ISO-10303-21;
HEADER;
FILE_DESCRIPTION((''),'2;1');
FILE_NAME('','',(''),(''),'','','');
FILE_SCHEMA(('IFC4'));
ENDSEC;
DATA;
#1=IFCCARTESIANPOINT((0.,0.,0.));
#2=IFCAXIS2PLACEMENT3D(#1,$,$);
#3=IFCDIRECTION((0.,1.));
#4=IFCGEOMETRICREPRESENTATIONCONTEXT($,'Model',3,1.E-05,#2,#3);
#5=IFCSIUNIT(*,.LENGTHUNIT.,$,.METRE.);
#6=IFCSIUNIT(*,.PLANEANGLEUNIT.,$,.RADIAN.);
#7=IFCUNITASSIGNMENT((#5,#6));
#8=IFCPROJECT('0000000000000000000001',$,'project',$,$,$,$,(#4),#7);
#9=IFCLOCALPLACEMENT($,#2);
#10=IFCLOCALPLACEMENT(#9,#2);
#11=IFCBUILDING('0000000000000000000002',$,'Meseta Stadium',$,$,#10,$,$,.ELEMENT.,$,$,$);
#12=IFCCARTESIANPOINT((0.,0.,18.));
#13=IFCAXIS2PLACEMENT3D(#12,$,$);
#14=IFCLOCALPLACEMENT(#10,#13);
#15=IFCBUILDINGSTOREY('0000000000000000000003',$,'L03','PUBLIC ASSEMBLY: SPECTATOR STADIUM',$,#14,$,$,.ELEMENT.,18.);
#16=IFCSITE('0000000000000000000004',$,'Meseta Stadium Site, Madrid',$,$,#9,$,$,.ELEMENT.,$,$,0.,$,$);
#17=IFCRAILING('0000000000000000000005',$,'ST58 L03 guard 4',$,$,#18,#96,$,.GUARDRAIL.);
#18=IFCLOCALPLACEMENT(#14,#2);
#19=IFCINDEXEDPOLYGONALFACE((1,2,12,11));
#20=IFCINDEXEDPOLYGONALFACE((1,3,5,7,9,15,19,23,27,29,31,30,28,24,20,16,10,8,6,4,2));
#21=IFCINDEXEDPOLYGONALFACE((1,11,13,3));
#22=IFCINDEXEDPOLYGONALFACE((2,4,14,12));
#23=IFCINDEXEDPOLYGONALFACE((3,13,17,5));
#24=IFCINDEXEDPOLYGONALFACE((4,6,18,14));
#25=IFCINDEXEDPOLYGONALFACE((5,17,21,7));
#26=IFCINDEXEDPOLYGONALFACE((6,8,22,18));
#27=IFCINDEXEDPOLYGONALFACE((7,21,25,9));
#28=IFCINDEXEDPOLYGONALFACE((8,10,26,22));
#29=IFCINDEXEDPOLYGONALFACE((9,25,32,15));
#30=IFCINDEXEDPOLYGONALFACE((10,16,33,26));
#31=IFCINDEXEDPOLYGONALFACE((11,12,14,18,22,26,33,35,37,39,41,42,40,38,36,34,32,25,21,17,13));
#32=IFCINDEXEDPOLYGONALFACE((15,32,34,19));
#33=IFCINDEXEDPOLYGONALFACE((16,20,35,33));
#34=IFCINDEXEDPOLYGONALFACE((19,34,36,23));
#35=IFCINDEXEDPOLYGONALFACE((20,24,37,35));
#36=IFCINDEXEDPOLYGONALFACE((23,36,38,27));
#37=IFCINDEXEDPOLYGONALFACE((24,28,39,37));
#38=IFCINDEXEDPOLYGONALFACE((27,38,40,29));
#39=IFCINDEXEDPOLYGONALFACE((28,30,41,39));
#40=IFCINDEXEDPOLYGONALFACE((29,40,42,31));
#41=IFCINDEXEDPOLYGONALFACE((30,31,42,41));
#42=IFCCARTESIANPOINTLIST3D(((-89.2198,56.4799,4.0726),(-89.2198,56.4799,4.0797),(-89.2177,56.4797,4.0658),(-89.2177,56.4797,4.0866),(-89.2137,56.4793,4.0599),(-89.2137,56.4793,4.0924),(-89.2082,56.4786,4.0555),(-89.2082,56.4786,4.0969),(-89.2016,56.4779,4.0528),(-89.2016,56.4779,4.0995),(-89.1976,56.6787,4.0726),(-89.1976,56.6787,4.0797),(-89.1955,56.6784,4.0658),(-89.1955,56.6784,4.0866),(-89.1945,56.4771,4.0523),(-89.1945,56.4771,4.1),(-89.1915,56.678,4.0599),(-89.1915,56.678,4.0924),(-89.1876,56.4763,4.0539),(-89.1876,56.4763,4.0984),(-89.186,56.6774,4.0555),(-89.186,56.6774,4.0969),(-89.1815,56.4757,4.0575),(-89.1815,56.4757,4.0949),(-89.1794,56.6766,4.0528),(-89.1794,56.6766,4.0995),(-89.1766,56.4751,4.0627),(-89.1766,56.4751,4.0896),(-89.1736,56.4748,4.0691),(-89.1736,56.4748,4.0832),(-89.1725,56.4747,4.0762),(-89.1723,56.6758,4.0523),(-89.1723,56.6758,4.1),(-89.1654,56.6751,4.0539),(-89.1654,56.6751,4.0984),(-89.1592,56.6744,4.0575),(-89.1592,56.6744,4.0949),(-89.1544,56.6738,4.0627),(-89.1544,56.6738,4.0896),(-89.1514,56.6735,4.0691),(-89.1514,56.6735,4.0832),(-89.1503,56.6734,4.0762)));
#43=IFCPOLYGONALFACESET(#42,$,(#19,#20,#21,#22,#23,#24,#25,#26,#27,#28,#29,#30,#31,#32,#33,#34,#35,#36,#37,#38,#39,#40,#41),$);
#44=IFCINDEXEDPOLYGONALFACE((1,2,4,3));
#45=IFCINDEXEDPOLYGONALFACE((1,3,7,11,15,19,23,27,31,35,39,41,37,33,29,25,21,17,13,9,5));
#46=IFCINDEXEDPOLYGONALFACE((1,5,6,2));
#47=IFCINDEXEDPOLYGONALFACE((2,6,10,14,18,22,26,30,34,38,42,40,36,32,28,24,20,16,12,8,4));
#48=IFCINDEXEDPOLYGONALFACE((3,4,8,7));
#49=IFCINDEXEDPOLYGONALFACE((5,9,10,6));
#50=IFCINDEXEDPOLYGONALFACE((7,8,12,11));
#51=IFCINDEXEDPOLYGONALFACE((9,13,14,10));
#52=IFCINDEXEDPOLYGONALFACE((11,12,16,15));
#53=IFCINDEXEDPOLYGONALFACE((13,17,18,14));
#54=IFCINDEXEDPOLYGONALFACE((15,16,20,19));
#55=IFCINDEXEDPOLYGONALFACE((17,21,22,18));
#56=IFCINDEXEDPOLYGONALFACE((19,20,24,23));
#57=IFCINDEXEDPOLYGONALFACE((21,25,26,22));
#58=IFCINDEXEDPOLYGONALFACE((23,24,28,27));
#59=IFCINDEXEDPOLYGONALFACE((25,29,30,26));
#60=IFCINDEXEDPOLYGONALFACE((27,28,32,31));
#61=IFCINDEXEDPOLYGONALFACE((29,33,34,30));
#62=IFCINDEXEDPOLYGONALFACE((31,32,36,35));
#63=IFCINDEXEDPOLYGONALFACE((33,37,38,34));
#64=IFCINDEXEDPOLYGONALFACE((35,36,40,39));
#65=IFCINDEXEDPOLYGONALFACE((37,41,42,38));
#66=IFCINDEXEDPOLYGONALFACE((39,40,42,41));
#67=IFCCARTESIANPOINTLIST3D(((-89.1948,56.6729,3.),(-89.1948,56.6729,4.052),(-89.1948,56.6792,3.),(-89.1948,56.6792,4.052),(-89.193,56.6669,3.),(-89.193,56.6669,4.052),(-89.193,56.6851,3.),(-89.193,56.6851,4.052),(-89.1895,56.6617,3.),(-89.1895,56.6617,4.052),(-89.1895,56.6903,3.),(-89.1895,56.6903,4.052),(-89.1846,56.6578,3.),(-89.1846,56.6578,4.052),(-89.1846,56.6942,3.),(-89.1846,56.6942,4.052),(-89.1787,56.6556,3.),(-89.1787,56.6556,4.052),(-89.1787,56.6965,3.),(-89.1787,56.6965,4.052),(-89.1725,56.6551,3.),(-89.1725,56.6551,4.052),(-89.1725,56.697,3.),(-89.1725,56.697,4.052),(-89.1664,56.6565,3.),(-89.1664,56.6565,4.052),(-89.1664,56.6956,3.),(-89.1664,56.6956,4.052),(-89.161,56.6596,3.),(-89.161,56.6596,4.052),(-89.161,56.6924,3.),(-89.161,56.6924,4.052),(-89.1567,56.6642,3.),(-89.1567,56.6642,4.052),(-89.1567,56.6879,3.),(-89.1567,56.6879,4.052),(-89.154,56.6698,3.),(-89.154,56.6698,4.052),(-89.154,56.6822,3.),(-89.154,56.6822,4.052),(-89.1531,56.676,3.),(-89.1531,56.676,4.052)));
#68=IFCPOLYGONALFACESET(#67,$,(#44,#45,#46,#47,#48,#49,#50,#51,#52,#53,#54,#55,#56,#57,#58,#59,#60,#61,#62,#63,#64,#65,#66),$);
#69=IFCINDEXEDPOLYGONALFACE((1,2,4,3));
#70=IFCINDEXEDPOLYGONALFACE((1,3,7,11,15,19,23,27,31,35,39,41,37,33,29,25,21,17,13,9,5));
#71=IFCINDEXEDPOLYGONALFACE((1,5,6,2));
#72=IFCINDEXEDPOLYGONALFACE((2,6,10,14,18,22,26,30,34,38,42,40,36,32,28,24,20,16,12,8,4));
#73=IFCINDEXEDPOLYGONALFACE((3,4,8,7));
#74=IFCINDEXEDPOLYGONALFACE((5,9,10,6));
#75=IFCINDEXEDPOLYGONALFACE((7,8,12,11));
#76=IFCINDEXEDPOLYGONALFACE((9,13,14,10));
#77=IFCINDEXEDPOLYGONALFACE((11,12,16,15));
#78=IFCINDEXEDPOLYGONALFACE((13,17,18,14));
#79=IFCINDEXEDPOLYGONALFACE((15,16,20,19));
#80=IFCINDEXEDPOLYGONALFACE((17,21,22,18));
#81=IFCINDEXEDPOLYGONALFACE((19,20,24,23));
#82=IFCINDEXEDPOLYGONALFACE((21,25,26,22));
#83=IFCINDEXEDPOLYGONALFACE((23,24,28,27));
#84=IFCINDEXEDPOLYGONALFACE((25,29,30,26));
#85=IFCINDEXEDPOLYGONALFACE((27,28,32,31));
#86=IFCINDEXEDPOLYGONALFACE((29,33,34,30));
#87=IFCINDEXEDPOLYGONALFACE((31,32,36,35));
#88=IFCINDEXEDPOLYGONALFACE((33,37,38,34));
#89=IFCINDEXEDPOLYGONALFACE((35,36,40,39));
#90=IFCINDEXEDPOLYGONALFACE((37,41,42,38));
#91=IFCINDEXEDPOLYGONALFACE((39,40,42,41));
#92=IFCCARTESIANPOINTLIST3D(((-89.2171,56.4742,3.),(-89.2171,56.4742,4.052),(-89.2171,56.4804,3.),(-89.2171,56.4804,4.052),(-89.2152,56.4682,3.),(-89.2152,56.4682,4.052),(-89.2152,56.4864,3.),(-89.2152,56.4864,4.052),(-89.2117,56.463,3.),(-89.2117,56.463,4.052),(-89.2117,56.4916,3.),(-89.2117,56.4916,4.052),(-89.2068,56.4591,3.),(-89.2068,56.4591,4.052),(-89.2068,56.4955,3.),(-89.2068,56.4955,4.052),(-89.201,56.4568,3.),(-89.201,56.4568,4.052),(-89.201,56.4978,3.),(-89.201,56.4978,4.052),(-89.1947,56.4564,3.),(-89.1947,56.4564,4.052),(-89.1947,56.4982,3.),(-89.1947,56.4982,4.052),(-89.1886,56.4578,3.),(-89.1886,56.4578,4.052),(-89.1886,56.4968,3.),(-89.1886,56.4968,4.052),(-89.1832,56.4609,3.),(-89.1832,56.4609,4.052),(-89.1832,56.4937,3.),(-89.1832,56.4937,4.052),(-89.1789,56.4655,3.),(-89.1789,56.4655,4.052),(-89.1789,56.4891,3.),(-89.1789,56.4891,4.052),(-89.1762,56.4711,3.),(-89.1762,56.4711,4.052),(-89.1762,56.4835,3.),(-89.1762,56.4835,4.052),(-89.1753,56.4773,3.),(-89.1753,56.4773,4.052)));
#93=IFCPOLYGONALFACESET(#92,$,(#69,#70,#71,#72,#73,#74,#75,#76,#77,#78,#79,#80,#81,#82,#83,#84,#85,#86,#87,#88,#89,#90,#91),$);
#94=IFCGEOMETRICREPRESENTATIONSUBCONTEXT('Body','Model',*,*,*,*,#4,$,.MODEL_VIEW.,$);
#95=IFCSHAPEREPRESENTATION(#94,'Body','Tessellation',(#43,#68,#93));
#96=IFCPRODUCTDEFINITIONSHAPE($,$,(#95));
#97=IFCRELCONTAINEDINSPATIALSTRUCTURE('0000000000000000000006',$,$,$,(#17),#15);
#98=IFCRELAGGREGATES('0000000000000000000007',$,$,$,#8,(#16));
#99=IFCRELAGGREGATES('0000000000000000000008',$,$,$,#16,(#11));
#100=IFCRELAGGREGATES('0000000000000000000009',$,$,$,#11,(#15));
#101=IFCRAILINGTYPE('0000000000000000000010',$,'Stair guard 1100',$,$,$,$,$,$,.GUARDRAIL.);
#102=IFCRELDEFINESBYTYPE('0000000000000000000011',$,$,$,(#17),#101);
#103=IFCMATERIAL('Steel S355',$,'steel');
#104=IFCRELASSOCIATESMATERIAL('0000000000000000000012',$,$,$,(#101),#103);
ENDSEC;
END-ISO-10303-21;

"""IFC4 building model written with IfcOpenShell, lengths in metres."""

from ifc_helpers import new_model, si_unit, direction, frame, origin, origin_2d, place, context, subcontext, project, spatial, circle, extrude, material, type_object, element, save


model = new_model("IFC4")

# Units and contexts
model_context = context("Model", 3, precision=1e-05, world=origin(), true_north=direction((0.0, 1.0)))
body_context = subcontext(model_context, "Body", "Model", "MODEL_VIEW")
ifc_project = project(units=[si_unit("LENGTHUNIT", "METRE"), si_unit("PLANEANGLEUNIT", "RADIAN")], contexts=[model_context])

# Site, building, storey
site_placement = place(None, origin())
site = spatial("IfcSite", under=ifc_project, at=site_placement, Name="Meseta Stadium Site, Madrid", CompositionType="ELEMENT", RefElevation=0.0)
building_placement = place(site_placement, origin())
building = spatial("IfcBuilding", under=site, at=building_placement, Name="Meseta Stadium", CompositionType="ELEMENT")
storey_placement = place(building_placement, frame((0.0, 0.0, 18.0)))
storey = spatial("IfcBuildingStorey", under=building, at=storey_placement, Name="L03", Description="PUBLIC ASSEMBLY: SPECTATOR STADIUM", CompositionType="ELEMENT", Elevation=18.0)

# Railing
ifc_material_1 = material(Name="Steel S355", Category="steel")
railing_type_1 = type_object("IfcRailingType", Name="Stair guard 1100", PredefinedType="GUARDRAIL", material=ifc_material_1)
railing_1_placement = place(storey_placement, frame((-89.1741, 56.676, 3.0)))
element("IfcRailing", 1, at=railing_1_placement, inside=storey, type_object=railing_type_1, Name="ST58 L03 guard 4", PredefinedType="GUARDRAIL", context=body_context, shape_type="SweptSolid", body=[
    extrude(circle(Radius=0.0239, at=origin_2d()), frame((0.0, 0.0, 1.0762), z_axis=(-0.111102, -0.993809, 0.0), x_axis=(0.993809, -0.111102, 0.0)), (0.0, 0.0, 1.0), 0.2),
    extrude(circle(Radius=0.021, at=origin_2d()), origin(), (0.0, 0.0, 1.0), 1.052),
    extrude(circle(Radius=0.021, at=origin_2d()), frame((-0.0222, -0.1987, 0.0)), (0.0, 0.0, 1.0), 1.052),
])

save(model, "model.ifc")
